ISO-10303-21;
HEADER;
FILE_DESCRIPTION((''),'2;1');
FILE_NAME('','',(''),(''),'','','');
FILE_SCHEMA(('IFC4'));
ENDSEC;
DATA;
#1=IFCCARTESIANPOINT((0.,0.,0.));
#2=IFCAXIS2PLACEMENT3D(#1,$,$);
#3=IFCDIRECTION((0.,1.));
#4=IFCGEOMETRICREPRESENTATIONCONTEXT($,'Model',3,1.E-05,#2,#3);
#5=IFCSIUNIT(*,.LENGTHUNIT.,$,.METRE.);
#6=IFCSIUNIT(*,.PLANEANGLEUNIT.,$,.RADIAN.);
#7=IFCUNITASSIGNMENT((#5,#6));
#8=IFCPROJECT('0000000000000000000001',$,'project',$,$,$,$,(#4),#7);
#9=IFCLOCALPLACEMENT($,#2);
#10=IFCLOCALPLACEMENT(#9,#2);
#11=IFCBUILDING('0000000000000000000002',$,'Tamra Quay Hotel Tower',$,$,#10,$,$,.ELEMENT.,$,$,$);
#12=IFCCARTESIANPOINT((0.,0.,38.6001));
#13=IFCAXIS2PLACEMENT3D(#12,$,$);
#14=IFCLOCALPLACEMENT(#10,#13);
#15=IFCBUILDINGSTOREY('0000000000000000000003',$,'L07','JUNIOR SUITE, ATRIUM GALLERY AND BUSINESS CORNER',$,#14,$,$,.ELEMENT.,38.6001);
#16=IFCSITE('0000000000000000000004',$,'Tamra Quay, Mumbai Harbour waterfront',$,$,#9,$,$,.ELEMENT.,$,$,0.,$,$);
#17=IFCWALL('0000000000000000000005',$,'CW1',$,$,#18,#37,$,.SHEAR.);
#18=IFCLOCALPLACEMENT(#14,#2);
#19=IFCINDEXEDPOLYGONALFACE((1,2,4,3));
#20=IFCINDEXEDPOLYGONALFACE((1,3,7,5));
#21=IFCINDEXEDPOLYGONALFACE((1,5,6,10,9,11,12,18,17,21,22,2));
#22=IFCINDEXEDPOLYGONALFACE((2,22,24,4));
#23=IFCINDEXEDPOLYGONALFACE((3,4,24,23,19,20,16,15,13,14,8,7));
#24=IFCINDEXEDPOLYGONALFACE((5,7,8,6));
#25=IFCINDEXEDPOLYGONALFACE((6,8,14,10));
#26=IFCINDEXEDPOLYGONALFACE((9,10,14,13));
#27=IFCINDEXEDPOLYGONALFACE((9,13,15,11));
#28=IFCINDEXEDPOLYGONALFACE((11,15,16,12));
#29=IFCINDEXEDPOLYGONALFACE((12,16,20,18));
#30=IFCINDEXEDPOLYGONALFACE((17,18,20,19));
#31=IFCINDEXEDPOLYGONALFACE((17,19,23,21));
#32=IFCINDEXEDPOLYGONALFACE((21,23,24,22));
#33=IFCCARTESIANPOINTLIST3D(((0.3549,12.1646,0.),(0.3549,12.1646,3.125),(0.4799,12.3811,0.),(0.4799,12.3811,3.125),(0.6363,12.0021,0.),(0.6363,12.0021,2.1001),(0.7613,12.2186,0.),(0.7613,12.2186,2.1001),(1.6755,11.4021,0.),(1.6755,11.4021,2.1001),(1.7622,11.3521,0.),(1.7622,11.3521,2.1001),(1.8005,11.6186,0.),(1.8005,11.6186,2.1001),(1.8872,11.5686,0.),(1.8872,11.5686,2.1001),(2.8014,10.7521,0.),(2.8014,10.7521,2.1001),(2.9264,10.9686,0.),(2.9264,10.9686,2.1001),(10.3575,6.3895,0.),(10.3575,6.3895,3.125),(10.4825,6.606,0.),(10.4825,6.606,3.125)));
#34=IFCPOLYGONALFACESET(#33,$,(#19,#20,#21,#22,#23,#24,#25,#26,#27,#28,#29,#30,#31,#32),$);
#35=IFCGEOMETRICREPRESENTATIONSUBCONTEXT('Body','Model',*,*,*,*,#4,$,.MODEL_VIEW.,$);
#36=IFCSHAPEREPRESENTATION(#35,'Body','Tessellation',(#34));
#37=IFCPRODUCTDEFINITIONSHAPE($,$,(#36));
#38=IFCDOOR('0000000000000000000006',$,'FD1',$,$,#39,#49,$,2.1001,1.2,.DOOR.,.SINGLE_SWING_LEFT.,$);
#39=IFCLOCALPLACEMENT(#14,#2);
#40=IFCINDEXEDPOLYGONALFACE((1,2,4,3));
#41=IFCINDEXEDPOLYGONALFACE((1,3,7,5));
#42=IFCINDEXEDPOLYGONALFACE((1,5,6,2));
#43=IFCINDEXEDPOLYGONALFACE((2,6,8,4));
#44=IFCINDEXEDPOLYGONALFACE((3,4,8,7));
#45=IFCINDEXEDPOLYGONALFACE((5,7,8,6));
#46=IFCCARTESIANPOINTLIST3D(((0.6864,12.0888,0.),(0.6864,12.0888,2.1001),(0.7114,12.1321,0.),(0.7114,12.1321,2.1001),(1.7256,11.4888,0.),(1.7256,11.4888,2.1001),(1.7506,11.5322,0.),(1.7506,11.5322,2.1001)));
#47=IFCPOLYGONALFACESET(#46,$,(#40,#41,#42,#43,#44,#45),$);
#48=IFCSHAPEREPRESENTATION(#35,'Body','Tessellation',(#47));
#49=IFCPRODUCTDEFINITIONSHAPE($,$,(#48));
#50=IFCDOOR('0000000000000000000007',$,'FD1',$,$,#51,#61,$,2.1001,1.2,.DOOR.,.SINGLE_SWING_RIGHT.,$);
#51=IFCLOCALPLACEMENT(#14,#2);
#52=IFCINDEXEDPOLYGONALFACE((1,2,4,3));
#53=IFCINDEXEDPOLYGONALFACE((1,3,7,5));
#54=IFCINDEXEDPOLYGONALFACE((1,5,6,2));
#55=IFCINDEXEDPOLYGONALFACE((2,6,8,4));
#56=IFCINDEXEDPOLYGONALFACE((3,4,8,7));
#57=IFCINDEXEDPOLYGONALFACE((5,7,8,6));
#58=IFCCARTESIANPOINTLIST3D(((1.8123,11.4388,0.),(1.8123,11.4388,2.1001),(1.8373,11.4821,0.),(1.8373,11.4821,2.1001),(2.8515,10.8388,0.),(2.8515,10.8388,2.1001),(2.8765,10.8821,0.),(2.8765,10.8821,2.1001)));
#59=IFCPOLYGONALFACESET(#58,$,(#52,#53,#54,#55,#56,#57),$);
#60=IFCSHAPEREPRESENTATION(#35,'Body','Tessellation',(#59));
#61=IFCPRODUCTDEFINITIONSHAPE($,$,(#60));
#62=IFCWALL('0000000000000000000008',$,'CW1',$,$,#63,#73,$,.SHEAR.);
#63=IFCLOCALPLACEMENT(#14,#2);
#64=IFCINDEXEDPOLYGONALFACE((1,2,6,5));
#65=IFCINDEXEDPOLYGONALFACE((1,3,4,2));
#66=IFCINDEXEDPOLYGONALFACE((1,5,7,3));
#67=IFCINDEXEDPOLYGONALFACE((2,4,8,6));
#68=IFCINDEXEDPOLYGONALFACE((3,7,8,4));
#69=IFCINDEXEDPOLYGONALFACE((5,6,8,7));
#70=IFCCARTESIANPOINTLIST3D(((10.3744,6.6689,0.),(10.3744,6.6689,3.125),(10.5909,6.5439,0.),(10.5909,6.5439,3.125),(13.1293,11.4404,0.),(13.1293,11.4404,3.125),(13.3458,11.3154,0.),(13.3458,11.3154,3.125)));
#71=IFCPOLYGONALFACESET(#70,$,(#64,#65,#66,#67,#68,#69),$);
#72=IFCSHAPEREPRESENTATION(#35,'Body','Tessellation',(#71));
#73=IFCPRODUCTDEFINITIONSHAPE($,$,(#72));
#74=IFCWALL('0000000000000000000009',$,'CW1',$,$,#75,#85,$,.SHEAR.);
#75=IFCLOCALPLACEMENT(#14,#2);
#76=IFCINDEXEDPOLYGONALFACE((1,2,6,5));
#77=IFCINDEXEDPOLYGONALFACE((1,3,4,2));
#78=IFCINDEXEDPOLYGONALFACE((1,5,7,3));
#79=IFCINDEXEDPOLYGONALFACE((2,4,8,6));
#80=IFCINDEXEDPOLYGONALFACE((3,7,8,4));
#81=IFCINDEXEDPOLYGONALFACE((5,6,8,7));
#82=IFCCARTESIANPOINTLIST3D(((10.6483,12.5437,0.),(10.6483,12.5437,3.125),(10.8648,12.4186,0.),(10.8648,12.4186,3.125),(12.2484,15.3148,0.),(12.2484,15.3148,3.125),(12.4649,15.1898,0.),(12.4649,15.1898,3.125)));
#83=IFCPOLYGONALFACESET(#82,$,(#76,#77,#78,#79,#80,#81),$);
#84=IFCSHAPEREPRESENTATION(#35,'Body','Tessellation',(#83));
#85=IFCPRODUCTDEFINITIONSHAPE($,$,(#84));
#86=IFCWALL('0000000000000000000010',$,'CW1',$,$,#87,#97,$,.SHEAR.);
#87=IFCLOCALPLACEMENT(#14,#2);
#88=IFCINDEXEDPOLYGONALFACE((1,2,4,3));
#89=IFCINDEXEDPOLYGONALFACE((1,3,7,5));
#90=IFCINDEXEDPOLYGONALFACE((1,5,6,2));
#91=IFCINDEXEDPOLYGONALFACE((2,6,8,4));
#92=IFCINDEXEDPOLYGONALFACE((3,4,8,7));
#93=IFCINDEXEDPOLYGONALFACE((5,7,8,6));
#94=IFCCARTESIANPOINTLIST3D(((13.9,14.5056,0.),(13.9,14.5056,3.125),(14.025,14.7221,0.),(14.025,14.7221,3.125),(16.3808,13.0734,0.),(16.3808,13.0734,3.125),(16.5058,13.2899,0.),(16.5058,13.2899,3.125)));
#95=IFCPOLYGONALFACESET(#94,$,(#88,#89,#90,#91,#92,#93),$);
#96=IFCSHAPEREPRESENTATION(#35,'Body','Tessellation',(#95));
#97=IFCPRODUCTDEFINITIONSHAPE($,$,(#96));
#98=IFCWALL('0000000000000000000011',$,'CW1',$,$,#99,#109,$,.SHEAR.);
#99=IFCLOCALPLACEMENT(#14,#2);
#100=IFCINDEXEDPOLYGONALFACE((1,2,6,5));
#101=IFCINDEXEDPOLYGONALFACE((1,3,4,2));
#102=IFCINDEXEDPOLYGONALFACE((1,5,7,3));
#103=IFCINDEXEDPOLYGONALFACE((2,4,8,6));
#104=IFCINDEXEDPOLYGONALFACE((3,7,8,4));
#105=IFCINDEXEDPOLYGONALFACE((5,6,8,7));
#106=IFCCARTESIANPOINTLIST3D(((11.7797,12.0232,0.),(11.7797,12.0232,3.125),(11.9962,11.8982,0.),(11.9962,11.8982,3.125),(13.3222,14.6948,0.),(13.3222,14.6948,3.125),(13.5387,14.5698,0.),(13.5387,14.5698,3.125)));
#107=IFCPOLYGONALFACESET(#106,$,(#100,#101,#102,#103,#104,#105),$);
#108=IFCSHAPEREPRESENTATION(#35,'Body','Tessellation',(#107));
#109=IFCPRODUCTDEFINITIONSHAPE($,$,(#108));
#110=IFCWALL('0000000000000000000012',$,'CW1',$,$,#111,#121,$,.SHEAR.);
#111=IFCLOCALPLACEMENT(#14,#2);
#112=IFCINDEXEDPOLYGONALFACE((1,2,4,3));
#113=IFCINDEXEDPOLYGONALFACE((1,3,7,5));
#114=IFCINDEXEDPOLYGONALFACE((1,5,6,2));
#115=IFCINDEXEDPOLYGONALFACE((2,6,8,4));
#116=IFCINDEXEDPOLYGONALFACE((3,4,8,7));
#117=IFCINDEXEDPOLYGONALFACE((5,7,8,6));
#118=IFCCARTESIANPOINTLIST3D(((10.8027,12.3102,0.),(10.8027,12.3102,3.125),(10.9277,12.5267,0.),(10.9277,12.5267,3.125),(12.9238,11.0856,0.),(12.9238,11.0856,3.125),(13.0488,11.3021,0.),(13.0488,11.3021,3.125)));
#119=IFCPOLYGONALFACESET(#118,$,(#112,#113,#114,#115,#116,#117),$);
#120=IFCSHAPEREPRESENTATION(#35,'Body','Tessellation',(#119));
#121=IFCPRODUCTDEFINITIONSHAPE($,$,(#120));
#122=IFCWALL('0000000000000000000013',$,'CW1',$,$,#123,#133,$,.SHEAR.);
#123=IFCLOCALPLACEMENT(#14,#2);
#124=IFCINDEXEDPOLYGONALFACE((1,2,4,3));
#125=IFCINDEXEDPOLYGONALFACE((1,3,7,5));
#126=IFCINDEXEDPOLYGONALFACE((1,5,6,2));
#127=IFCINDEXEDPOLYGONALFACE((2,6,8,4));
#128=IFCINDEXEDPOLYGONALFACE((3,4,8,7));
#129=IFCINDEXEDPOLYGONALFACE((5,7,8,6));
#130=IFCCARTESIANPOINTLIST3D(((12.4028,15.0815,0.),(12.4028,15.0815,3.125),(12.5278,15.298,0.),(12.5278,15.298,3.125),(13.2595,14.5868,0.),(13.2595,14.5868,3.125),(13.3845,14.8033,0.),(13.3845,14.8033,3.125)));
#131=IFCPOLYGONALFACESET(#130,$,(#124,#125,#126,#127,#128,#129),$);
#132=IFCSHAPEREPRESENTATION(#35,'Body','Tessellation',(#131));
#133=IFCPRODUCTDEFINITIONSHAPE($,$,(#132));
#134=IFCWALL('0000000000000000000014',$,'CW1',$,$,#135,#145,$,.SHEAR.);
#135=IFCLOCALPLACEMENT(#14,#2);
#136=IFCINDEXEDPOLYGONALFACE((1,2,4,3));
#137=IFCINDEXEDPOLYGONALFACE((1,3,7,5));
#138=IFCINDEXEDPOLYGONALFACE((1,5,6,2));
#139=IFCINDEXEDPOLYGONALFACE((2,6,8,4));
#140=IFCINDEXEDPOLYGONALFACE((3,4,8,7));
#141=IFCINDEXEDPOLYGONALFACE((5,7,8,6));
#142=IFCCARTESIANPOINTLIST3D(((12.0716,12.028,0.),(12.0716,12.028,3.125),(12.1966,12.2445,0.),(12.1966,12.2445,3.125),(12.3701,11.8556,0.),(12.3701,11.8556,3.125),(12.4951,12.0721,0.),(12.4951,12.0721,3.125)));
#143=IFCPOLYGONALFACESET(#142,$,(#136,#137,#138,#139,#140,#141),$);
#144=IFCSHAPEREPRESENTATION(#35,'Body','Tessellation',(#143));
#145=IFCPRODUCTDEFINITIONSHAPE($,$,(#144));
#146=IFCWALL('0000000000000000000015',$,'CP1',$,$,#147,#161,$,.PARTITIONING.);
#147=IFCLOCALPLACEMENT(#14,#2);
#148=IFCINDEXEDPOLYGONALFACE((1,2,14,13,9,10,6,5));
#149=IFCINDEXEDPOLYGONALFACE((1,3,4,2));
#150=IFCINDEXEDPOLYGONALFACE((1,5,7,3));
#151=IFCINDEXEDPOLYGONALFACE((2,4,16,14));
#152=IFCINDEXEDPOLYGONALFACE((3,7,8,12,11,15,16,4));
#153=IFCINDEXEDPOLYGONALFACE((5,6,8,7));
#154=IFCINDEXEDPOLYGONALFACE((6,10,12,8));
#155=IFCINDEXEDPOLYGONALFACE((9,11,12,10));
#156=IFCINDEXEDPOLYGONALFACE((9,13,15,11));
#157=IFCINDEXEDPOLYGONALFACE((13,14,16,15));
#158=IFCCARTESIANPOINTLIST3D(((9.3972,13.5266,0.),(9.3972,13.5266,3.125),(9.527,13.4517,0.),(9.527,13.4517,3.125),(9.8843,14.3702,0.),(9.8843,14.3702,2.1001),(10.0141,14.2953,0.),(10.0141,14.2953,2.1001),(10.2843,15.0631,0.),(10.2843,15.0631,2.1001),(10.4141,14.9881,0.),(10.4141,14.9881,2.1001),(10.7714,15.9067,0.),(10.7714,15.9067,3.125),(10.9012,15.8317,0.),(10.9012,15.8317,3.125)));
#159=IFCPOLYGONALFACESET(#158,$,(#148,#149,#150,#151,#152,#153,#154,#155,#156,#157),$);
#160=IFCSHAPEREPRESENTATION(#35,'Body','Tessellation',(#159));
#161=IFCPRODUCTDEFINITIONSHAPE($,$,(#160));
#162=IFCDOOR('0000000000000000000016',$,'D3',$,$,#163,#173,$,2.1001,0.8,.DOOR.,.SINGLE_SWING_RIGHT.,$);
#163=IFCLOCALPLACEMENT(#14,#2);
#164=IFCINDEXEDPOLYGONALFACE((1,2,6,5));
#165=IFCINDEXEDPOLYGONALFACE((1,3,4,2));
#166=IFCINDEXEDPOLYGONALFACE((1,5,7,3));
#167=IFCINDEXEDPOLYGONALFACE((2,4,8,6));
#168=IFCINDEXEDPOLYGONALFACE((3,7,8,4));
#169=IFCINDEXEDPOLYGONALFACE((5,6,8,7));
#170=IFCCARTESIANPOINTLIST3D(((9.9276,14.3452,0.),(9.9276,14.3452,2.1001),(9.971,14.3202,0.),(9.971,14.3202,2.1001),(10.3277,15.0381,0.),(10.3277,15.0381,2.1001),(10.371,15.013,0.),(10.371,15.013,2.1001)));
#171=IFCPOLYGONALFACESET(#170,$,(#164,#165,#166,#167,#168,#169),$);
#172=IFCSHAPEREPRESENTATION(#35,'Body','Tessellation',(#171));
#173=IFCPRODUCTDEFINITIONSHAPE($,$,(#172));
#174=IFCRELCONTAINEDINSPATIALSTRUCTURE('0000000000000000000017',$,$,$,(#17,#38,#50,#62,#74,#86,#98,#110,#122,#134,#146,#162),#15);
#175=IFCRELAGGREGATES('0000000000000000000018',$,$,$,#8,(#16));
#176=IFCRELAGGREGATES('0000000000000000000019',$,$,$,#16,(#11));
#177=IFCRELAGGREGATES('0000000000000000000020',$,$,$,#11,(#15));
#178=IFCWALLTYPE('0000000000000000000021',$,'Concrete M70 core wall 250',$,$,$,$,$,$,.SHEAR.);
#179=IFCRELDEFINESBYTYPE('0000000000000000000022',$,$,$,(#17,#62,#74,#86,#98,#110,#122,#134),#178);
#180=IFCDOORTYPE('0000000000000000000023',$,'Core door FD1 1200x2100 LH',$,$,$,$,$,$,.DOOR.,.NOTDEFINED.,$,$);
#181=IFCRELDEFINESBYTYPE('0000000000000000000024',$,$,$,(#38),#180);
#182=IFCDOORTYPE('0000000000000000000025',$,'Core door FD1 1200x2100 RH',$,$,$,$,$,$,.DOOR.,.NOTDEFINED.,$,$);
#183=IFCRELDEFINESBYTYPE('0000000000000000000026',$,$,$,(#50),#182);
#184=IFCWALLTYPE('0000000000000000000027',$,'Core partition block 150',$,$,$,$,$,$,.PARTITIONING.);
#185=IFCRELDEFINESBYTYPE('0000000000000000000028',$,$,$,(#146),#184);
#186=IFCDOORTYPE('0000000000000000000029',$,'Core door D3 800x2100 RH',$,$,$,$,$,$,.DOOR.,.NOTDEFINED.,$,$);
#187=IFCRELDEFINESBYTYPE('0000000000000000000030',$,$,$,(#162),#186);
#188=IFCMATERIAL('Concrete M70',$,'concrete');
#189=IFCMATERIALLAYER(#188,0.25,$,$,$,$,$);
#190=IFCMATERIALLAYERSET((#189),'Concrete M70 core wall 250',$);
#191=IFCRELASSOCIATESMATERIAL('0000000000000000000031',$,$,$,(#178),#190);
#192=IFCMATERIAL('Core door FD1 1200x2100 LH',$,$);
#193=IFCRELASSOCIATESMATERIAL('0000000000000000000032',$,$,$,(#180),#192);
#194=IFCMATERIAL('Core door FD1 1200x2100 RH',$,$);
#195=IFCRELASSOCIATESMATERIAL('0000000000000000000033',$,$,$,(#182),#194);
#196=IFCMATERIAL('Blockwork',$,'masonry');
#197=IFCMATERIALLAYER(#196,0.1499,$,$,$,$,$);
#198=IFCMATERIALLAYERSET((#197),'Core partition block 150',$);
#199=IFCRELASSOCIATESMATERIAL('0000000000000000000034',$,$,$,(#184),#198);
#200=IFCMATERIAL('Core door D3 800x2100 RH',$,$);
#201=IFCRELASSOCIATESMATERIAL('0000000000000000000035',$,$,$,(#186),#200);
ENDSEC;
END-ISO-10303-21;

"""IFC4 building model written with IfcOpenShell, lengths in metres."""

from ifc_helpers import new_model, si_unit, direction, frame, frame_2d, origin, place, context, subcontext, project, spatial, rectangle, extrude, material, layer, layer_set, type_object, element, fill, save


model = new_model("IFC4")

# Units and contexts
model_context = context("Model", 3, precision=1e-05, world=origin(), true_north=direction((0.0, 1.0)))
body_context = subcontext(model_context, "Body", "Model", "MODEL_VIEW")
ifc_project = project(units=[si_unit("LENGTHUNIT", "METRE"), si_unit("PLANEANGLEUNIT", "RADIAN")], contexts=[model_context])

# Site, building, storey
site_placement = place(None, origin())
site = spatial("IfcSite", under=ifc_project, at=site_placement, Name="Tamra Quay, Mumbai Harbour waterfront", CompositionType="ELEMENT", RefElevation=0.0)
building_placement = place(site_placement, origin())
building = spatial("IfcBuilding", under=site, at=building_placement, Name="Tamra Quay Hotel Tower", CompositionType="ELEMENT")
storey_placement = place(building_placement, frame((0.0, 0.0, 38.6001)))
storey = spatial("IfcBuildingStorey", under=building, at=storey_placement, Name="L07", Description="JUNIOR SUITE, ATRIUM GALLERY AND BUSINESS CORNER", CompositionType="ELEMENT", Elevation=38.6001)

# Shared definitions
ifc_material_1 = material(Name="Concrete M70", Category="concrete")

# Wall, openings, doors
ifc_layer_1 = layer(ifc_material_1, 0.25)
ifc_layer_set_1 = layer_set([ifc_layer_1], Name="Concrete M70 core wall 250")
wall_type_1 = type_object("IfcWallType", Name="Concrete M70 core wall 250", PredefinedType="SHEAR", material=ifc_layer_set_1)
wall_1_placement = place(storey_placement, frame((10.4199, 6.4978, 0.0), z_axis=(0.0, 0.0, 1.0), x_axis=(-0.866022, 0.500006, 0.0)))
wall_1 = element("IfcWall", 1, at=wall_1_placement, inside=storey, type_object=wall_type_1, Name="CW1", PredefinedType="SHEAR", context=body_context, shape_type="SweptSolid", body=[
    extrude(rectangle(XDim=11.55, YDim=0.25, at=frame_2d((5.7749, 0.0))), origin(), (0.0, 0.0, 1.0), 3.125),
])
opening_1_placement = place(wall_1_placement, frame((10.0249, 0.0, 0.0)))
opening_1 = element("IfcOpeningElement", 2, at=opening_1_placement, cuts=wall_1, PredefinedType="OPENING", context=body_context, shape_type="SweptSolid", body=[
    extrude(rectangle(XDim=1.2, YDim=2.1001, at=frame_2d((0.6001, 1.05))), frame((0.0, 0.135, 0.0), z_axis=(0.0, -1.0, 0.0), x_axis=(1.0, 0.0, 0.0)), (0.0, 0.0, 1.0), 0.27),
])
opening_2_placement = place(wall_1_placement, frame((8.7249, 0.0, 0.0)))
opening_2 = element("IfcOpeningElement", 3, at=opening_2_placement, cuts=wall_1, PredefinedType="OPENING", context=body_context, shape_type="SweptSolid", body=[
    extrude(rectangle(XDim=1.2, YDim=2.1001, at=frame_2d((0.6001, 1.05))), frame((0.0, 0.135, 0.0), z_axis=(0.0, -1.0, 0.0), x_axis=(1.0, 0.0, 0.0)), (0.0, 0.0, 1.0), 0.27),
])
ifc_material_2 = material(Name="Core door FD1 1200x2100 LH")
door_type_1 = type_object("IfcDoorType", Name="Core door FD1 1200x2100 LH", OperationType="NOTDEFINED", PredefinedType="DOOR", material=ifc_material_2)
door_1_placement = place(opening_1_placement, origin())
door_1 = element("IfcDoor", 4, at=door_1_placement, inside=storey, type_object=door_type_1, Name="FD1", OperationType="SINGLE_SWING_LEFT", OverallHeight=2.1001, OverallWidth=1.2, PredefinedType="DOOR", context=body_context, shape_type="SweptSolid", body=[
    extrude(rectangle(XDim=1.2, YDim=2.1001, at=frame_2d((0.6001, 1.05))), frame((0.0, 0.0249, 0.0), z_axis=(0.0, -1.0, 0.0), x_axis=(1.0, 0.0, 0.0)), (0.0, 0.0, 1.0), 0.05),
])
fill(opening_1, door_1)
ifc_material_3 = material(Name="Core door FD1 1200x2100 RH")
door_type_2 = type_object("IfcDoorType", Name="Core door FD1 1200x2100 RH", OperationType="NOTDEFINED", PredefinedType="DOOR", material=ifc_material_3)
door_2_placement = place(opening_2_placement, origin())
door_2 = element("IfcDoor", 5, at=door_2_placement, inside=storey, type_object=door_type_2, Name="FD1", OperationType="SINGLE_SWING_RIGHT", OverallHeight=2.1001, OverallWidth=1.2, PredefinedType="DOOR", context=body_context, shape_type="SweptSolid", body=[
    extrude(rectangle(XDim=1.2, YDim=2.1001, at=frame_2d((0.6001, 1.05))), frame((0.0, 0.0249, 0.0), z_axis=(0.0, -1.0, 0.0), x_axis=(1.0, 0.0, 0.0)), (0.0, 0.0, 1.0), 0.05),
])
fill(opening_2, door_2)

# Walls
wall_2_placement = place(storey_placement, frame((13.2375, 11.3779, 0.0), z_axis=(0.0, 0.0, 1.0), x_axis=(-0.500009, -0.86602, 0.0)))
element("IfcWall", 6, at=wall_2_placement, inside=storey, type_object=wall_type_1, Name="CW1", PredefinedType="SHEAR", context=body_context, shape_type="SweptSolid", body=[
    extrude(rectangle(XDim=5.5098, YDim=0.25, at=frame_2d((2.7549, 0.0))), origin(), (0.0, 0.0, 1.0), 3.125),
])
wall_3_placement = place(storey_placement, frame((12.3567, 15.2524, 0.0), z_axis=(0.0, 0.0, 1.0), x_axis=(-0.500028, -0.866009, 0.0)))
element("IfcWall", 7, at=wall_3_placement, inside=storey, type_object=wall_type_1, Name="CW1", PredefinedType="SHEAR", context=body_context, shape_type="SweptSolid", body=[
    extrude(rectangle(XDim=3.2, YDim=0.25, at=frame_2d((1.6001, 0.0))), origin(), (0.0, 0.0, 1.0), 3.125),
])
wall_4_placement = place(storey_placement, frame((13.9626, 14.6138, 0.0), z_axis=(0.0, 0.0, 1.0), x_axis=(0.866042, -0.499971, 0.0)))
element("IfcWall", 8, at=wall_4_placement, inside=storey, type_object=wall_type_1, Name="CW1", PredefinedType="SHEAR", context=body_context, shape_type="SweptSolid", body=[
    extrude(rectangle(XDim=2.8645, YDim=0.25, at=frame_2d((1.4321, 0.0))), origin(), (0.0, 0.0, 1.0), 3.125),
])
wall_5_placement = place(storey_placement, frame((11.8879, 11.9607, 0.0), z_axis=(0.0, 0.0, 1.0), x_axis=(0.500003, 0.866023, 0.0)))
element("IfcWall", 9, at=wall_5_placement, inside=storey, type_object=wall_type_1, Name="CW1", PredefinedType="SHEAR", context=body_context, shape_type="SweptSolid", body=[
    extrude(rectangle(XDim=3.085, YDim=0.25, at=frame_2d((1.5425, 0.0))), origin(), (0.0, 0.0, 1.0), 3.125),
])
wall_6_placement = place(storey_placement, frame((10.8652, 12.4185, 0.0), z_axis=(0.0, 0.0, 1.0), x_axis=(0.866026, -0.499999, 0.0)))
element("IfcWall", 10, at=wall_6_placement, inside=storey, type_object=wall_type_1, Name="CW1", PredefinedType="SHEAR", context=body_context, shape_type="SweptSolid", body=[
    extrude(rectangle(XDim=2.4492, YDim=0.25, at=frame_2d((1.2246, 0.0))), origin(), (0.0, 0.0, 1.0), 3.125),
])
wall_7_placement = place(storey_placement, frame((13.322, 14.6951, 0.0), z_axis=(0.0, 0.0, 1.0), x_axis=(-0.866017, 0.500014, 0.0)))
element("IfcWall", 11, at=wall_7_placement, inside=storey, type_object=wall_type_1, Name="CW1", PredefinedType="SHEAR", context=body_context, shape_type="SweptSolid", body=[
    extrude(rectangle(XDim=0.9893, YDim=0.25, at=frame_2d((0.4946, 0.0))), origin(), (0.0, 0.0, 1.0), 3.125),
])
wall_8_placement = place(storey_placement, frame((12.4326, 11.9639, 0.0), z_axis=(0.0, 0.0, 1.0), x_axis=(-0.866056, 0.499947, 0.0)))
element("IfcWall", 12, at=wall_8_placement, inside=storey, type_object=wall_type_1, Name="CW1", PredefinedType="SHEAR", context=body_context, shape_type="SweptSolid", body=[
    extrude(rectangle(XDim=0.3447, YDim=0.25, at=frame_2d((0.1724, 0.0))), origin(), (0.0, 0.0, 1.0), 3.125),
])

# Wall, opening, door
ifc_material_4 = material(Name="Blockwork", Category="masonry")
ifc_layer_2 = layer(ifc_material_4, 0.1499)
ifc_layer_set_2 = layer_set([ifc_layer_2], Name="Core partition block 150")
wall_type_2 = type_object("IfcWallType", Name="Core partition block 150", PredefinedType="PARTITIONING", material=ifc_layer_set_2)
wall_9_placement = place(storey_placement, frame((9.4622, 13.4893, 0.0), z_axis=(0.0, 0.0, 1.0), x_axis=(0.500027, 0.86601, 0.0)))
wall_9 = element("IfcWall", 13, at=wall_9_placement, inside=storey, type_object=wall_type_2, Name="CP1", PredefinedType="PARTITIONING", context=body_context, shape_type="SweptSolid", body=[
    extrude(rectangle(XDim=2.7483, YDim=0.1499, at=frame_2d((1.374, 0.0))), origin(), (0.0, 0.0, 1.0), 3.125),
])
opening_3_placement = place(wall_9_placement, frame((0.9741, 0.0, 0.0)))
opening_3 = element("IfcOpeningElement", 14, at=opening_3_placement, cuts=wall_9, PredefinedType="OPENING", context=body_context, shape_type="SweptSolid", body=[
    extrude(rectangle(XDim=0.8, YDim=2.1001, at=frame_2d((0.3999, 1.05))), frame((0.0, 0.085, 0.0), z_axis=(0.0, -1.0, 0.0), x_axis=(1.0, 0.0, 0.0)), (0.0, 0.0, 1.0), 0.1699),
])
ifc_material_5 = material(Name="Core door D3 800x2100 RH")
door_type_3 = type_object("IfcDoorType", Name="Core door D3 800x2100 RH", OperationType="NOTDEFINED", PredefinedType="DOOR", material=ifc_material_5)
door_3_placement = place(opening_3_placement, origin())
door_3 = element("IfcDoor", 15, at=door_3_placement, inside=storey, type_object=door_type_3, Name="D3", OperationType="SINGLE_SWING_RIGHT", OverallHeight=2.1001, OverallWidth=0.8, PredefinedType="DOOR", context=body_context, shape_type="SweptSolid", body=[
    extrude(rectangle(XDim=0.8, YDim=2.1001, at=frame_2d((0.3999, 1.05))), frame((0.0, 0.0249, 0.0), z_axis=(0.0, -1.0, 0.0), x_axis=(1.0, 0.0, 0.0)), (0.0, 0.0, 1.0), 0.05),
])
fill(opening_3, door_3)

save(model, "model.ifc")
